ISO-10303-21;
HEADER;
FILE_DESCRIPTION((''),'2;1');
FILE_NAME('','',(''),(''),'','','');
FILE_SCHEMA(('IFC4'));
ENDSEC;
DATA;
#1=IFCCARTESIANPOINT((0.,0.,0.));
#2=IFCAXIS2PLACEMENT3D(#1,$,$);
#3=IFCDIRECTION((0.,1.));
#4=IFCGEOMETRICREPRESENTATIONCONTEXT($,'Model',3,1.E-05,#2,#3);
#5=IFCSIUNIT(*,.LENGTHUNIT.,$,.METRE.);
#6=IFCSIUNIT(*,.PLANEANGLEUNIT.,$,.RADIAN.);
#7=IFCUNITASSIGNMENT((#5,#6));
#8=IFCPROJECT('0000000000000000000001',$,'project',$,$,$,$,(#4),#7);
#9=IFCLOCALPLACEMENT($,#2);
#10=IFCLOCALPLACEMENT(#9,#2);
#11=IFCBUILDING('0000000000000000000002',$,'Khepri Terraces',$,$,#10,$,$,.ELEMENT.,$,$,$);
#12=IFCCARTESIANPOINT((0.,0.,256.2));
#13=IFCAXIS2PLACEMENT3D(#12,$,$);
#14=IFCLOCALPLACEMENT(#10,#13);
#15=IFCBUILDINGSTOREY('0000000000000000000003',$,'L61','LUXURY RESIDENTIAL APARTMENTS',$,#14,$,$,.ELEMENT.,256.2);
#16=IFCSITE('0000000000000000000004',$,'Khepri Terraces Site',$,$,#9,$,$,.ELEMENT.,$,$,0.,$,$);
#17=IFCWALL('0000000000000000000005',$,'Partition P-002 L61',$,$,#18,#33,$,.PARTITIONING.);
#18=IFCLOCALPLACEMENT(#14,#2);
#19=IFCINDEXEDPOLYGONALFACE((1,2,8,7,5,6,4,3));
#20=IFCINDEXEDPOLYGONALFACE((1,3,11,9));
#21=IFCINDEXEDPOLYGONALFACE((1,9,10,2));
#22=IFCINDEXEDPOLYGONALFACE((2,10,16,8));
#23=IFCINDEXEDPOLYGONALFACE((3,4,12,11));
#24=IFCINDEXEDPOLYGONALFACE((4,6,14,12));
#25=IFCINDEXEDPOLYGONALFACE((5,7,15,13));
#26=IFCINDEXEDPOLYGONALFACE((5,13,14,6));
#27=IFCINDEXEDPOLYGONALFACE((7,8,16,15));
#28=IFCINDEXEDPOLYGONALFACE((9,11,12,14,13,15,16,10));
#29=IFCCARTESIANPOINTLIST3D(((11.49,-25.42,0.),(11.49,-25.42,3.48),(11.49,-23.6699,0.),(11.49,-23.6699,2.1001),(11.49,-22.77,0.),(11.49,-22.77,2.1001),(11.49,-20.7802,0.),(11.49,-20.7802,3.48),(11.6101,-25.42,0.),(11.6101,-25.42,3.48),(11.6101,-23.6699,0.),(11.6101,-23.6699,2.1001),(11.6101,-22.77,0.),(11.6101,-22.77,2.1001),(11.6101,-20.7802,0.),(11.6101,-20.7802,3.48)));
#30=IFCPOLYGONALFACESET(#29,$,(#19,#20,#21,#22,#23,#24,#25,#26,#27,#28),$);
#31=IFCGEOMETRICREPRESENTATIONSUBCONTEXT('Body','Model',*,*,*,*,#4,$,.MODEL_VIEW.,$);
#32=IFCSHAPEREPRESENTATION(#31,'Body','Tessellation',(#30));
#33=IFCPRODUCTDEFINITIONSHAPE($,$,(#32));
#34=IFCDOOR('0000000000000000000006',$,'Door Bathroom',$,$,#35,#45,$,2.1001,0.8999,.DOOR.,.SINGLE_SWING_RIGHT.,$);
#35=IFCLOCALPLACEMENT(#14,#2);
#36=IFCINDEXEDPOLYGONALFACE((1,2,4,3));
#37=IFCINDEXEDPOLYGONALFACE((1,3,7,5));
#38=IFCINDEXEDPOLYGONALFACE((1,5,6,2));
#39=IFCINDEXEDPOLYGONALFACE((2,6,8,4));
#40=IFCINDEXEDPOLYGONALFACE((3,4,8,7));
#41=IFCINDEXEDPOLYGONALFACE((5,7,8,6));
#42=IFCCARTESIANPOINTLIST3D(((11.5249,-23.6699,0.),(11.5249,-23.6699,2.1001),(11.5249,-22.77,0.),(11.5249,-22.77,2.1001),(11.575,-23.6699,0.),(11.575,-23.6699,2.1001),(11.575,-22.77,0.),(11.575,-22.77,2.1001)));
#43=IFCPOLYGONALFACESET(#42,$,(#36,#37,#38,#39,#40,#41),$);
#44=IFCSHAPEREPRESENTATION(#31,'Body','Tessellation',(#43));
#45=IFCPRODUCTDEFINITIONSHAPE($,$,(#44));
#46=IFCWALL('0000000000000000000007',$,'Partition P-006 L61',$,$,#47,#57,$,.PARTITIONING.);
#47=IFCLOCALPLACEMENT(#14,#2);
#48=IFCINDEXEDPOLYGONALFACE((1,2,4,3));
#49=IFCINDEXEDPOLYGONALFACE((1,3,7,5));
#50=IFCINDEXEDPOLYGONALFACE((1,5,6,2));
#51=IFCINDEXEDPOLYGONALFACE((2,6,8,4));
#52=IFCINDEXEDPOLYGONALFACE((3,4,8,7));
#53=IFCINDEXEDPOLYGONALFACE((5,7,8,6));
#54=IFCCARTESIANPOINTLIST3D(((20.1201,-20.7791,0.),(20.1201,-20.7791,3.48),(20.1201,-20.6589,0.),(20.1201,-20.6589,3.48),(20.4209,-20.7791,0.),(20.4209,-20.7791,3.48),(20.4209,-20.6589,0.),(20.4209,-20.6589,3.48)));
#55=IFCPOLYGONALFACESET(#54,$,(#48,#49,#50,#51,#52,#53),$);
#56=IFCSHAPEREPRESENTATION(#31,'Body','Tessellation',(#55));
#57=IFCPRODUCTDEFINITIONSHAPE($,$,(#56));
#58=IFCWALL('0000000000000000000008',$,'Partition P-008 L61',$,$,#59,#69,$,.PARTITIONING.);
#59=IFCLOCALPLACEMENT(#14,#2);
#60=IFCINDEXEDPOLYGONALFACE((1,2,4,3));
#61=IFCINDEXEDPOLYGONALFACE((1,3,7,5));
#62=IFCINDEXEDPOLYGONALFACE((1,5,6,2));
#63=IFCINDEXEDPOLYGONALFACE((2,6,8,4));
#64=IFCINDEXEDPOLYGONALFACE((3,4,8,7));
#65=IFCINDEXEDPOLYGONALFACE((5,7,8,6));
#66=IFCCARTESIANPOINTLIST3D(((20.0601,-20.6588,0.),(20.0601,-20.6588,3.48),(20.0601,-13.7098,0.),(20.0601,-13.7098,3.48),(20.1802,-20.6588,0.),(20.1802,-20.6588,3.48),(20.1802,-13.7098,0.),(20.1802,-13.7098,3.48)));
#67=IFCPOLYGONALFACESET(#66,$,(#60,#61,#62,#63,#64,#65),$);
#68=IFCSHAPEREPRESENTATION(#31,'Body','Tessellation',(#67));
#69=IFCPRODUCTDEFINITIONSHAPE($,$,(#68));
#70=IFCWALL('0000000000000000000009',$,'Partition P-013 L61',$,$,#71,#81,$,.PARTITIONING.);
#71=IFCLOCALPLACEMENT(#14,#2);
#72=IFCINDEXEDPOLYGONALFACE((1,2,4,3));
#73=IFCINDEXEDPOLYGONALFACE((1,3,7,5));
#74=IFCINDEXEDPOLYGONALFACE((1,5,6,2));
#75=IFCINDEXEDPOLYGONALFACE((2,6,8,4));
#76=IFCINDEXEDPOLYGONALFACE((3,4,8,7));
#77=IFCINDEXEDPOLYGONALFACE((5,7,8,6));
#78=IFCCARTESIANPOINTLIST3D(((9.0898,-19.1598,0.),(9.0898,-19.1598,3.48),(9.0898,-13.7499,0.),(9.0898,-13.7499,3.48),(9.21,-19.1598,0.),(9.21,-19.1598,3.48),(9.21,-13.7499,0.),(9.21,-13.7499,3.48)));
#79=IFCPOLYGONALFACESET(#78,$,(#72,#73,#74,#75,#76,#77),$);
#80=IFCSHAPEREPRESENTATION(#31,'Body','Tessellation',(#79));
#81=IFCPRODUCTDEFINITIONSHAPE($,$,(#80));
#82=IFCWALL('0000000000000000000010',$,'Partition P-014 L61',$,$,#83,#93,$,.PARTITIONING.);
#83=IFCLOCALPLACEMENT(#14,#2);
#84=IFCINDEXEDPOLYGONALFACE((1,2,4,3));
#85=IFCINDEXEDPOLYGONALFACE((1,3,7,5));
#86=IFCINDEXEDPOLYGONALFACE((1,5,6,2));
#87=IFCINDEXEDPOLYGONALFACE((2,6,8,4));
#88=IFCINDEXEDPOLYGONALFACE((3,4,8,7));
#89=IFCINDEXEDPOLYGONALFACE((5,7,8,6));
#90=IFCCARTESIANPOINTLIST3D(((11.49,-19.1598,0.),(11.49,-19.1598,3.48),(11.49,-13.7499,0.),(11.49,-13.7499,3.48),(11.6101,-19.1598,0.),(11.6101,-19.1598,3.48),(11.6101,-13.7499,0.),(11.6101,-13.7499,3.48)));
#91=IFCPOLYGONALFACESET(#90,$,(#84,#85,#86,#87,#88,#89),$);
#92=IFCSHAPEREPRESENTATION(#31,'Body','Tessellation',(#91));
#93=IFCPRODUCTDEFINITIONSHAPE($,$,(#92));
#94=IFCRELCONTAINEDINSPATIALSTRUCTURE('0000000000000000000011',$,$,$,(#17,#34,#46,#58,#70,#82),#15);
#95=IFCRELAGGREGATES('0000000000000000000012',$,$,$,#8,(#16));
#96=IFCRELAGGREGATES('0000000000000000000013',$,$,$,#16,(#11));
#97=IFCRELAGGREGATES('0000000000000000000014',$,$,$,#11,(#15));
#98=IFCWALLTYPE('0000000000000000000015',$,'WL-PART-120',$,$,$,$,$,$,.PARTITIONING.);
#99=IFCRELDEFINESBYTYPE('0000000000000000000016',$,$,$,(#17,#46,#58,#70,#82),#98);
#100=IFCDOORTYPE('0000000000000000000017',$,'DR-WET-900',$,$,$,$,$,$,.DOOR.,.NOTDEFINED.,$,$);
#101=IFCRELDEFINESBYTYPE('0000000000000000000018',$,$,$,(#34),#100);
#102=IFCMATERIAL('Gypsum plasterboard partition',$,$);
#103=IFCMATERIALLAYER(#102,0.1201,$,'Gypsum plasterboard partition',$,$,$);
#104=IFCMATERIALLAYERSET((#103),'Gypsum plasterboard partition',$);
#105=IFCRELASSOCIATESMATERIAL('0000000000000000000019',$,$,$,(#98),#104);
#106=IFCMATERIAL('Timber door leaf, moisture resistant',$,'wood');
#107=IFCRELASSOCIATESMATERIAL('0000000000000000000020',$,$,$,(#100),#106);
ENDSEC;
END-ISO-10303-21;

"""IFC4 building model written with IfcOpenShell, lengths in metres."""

from ifc_helpers import new_model, si_unit, direction, frame, frame_2d, origin, place, context, subcontext, project, spatial, rectangle, extrude, material, layer, layer_set, type_object, element, fill, save


model = new_model("IFC4")

# Units and contexts
model_context = context("Model", 3, precision=1e-05, world=origin(), true_north=direction((0.0, 1.0)))
body_context = subcontext(model_context, "Body", "Model", "MODEL_VIEW")
ifc_project = project(units=[si_unit("LENGTHUNIT", "METRE"), si_unit("PLANEANGLEUNIT", "RADIAN")], contexts=[model_context])

# Site, building, storey
site_placement = place(None, origin())
site = spatial("IfcSite", under=ifc_project, at=site_placement, Name="Khepri Terraces Site", CompositionType="ELEMENT", RefElevation=0.0)
building_placement = place(site_placement, origin())
building = spatial("IfcBuilding", under=site, at=building_placement, Name="Khepri Terraces", CompositionType="ELEMENT")
storey_placement = place(building_placement, frame((0.0, 0.0, 256.2)))
storey = spatial("IfcBuildingStorey", under=building, at=storey_placement, Name="L61", Description="LUXURY RESIDENTIAL APARTMENTS", CompositionType="ELEMENT", Elevation=256.2)

# Wall, opening, door
ifc_material_1 = material(Name="Gypsum plasterboard partition")
ifc_layer_1 = layer(ifc_material_1, 0.1201, Name="Gypsum plasterboard partition")
ifc_layer_set_1 = layer_set([ifc_layer_1], Name="Gypsum plasterboard partition")
wall_type_1 = type_object("IfcWallType", Name="WL-PART-120", PredefinedType="PARTITIONING", material=ifc_layer_set_1)
wall_1_placement = place(storey_placement, frame((11.55, -25.4199, 0.0), z_axis=(0.0, 0.0, 1.0), x_axis=(0.0, 1.0, 0.0)))
wall_1 = element("IfcWall", 1, at=wall_1_placement, inside=storey, type_object=wall_type_1, Name="Partition P-002 L61", PredefinedType="PARTITIONING", context=body_context, shape_type="SweptSolid", body=[
    extrude(rectangle(XDim=4.6399, YDim=0.1201, at=frame_2d((2.3198, 0.0))), origin(), (0.0, 0.0, 1.0), 3.48),
])
opening_1_placement = place(wall_1_placement, frame((1.75, 0.0, 0.0)))
opening_1 = element("IfcOpeningElement", 2, at=opening_1_placement, cuts=wall_1, PredefinedType="OPENING", context=body_context, shape_type="SweptSolid", body=[
    extrude(rectangle(XDim=0.8999, YDim=2.1001, at=frame_2d((0.45, 1.05))), frame((0.0, 0.0701, 0.0), z_axis=(0.0, -1.0, 0.0), x_axis=(1.0, 0.0, 0.0)), (0.0, 0.0, 1.0), 0.1401),
])
ifc_material_2 = material(Name="Timber door leaf, moisture resistant", Category="wood")
door_type_1 = type_object("IfcDoorType", Name="DR-WET-900", OperationType="NOTDEFINED", PredefinedType="DOOR", material=ifc_material_2)
door_1_placement = place(opening_1_placement, frame((0.8999, 0.0, 0.0), z_axis=(0.0, 0.0, 1.0), x_axis=(-1.0, 0.0, 0.0)))
door_1 = element("IfcDoor", 3, at=door_1_placement, inside=storey, type_object=door_type_1, Name="Door Bathroom", OperationType="SINGLE_SWING_RIGHT", OverallHeight=2.1001, OverallWidth=0.8999, PredefinedType="DOOR", context=body_context, shape_type="SweptSolid", body=[
    extrude(rectangle(XDim=0.8999, YDim=2.1001, at=frame_2d((0.45, 1.05))), frame((0.0, 0.0249, 0.0), z_axis=(0.0, -1.0, 0.0), x_axis=(1.0, 0.0, 0.0)), (0.0, 0.0, 1.0), 0.05),
])
fill(opening_1, door_1)

# Walls
wall_2_placement = place(storey_placement, frame((20.1201, -20.719, 0.0), z_axis=(0.0, 0.0, 1.0), x_axis=(1.0, 0.0, 0.0)))
element("IfcWall", 4, at=wall_2_placement, inside=storey, type_object=wall_type_1, Name="Partition P-006 L61", PredefinedType="PARTITIONING", context=body_context, shape_type="SweptSolid", body=[
    extrude(rectangle(XDim=0.3008, YDim=0.1201, at=frame_2d((0.1504, 0.0))), origin(), (0.0, 0.0, 1.0), 3.48),
])
wall_3_placement = place(storey_placement, frame((20.1201, -20.6589, 0.0), z_axis=(0.0, 0.0, 1.0), x_axis=(0.0, 1.0, 0.0)))
element("IfcWall", 5, at=wall_3_placement, inside=storey, type_object=wall_type_1, Name="Partition P-008 L61", PredefinedType="PARTITIONING", context=body_context, shape_type="SweptSolid", body=[
    extrude(rectangle(XDim=6.949, YDim=0.1201, at=frame_2d((3.4746, 0.0))), origin(), (0.0, 0.0, 1.0), 3.48),
])
for number, where, z_axis, x_axis, name in (
    (6, (9.1499, -19.1599, 0.0), (0.0, 0.0, 1.0), (0.0, 1.0, 0.0), "Partition P-013 L61"),
    (7, (11.55, -19.1599, 0.0), (0.0, 0.0, 1.0), (0.0, 1.0, 0.0), "Partition P-014 L61"),
):
    element("IfcWall", number, at=place(storey_placement, frame(where, z_axis=z_axis, x_axis=x_axis)), inside=storey, type_object=wall_type_1, Name=name, PredefinedType="PARTITIONING", context=body_context, shape_type="SweptSolid", body=[
        extrude(rectangle(XDim=5.4099, YDim=0.1201, at=frame_2d((2.7051, 0.0))), origin(), (0.0, 0.0, 1.0), 3.48),
    ])

save(model, "model.ifc")
